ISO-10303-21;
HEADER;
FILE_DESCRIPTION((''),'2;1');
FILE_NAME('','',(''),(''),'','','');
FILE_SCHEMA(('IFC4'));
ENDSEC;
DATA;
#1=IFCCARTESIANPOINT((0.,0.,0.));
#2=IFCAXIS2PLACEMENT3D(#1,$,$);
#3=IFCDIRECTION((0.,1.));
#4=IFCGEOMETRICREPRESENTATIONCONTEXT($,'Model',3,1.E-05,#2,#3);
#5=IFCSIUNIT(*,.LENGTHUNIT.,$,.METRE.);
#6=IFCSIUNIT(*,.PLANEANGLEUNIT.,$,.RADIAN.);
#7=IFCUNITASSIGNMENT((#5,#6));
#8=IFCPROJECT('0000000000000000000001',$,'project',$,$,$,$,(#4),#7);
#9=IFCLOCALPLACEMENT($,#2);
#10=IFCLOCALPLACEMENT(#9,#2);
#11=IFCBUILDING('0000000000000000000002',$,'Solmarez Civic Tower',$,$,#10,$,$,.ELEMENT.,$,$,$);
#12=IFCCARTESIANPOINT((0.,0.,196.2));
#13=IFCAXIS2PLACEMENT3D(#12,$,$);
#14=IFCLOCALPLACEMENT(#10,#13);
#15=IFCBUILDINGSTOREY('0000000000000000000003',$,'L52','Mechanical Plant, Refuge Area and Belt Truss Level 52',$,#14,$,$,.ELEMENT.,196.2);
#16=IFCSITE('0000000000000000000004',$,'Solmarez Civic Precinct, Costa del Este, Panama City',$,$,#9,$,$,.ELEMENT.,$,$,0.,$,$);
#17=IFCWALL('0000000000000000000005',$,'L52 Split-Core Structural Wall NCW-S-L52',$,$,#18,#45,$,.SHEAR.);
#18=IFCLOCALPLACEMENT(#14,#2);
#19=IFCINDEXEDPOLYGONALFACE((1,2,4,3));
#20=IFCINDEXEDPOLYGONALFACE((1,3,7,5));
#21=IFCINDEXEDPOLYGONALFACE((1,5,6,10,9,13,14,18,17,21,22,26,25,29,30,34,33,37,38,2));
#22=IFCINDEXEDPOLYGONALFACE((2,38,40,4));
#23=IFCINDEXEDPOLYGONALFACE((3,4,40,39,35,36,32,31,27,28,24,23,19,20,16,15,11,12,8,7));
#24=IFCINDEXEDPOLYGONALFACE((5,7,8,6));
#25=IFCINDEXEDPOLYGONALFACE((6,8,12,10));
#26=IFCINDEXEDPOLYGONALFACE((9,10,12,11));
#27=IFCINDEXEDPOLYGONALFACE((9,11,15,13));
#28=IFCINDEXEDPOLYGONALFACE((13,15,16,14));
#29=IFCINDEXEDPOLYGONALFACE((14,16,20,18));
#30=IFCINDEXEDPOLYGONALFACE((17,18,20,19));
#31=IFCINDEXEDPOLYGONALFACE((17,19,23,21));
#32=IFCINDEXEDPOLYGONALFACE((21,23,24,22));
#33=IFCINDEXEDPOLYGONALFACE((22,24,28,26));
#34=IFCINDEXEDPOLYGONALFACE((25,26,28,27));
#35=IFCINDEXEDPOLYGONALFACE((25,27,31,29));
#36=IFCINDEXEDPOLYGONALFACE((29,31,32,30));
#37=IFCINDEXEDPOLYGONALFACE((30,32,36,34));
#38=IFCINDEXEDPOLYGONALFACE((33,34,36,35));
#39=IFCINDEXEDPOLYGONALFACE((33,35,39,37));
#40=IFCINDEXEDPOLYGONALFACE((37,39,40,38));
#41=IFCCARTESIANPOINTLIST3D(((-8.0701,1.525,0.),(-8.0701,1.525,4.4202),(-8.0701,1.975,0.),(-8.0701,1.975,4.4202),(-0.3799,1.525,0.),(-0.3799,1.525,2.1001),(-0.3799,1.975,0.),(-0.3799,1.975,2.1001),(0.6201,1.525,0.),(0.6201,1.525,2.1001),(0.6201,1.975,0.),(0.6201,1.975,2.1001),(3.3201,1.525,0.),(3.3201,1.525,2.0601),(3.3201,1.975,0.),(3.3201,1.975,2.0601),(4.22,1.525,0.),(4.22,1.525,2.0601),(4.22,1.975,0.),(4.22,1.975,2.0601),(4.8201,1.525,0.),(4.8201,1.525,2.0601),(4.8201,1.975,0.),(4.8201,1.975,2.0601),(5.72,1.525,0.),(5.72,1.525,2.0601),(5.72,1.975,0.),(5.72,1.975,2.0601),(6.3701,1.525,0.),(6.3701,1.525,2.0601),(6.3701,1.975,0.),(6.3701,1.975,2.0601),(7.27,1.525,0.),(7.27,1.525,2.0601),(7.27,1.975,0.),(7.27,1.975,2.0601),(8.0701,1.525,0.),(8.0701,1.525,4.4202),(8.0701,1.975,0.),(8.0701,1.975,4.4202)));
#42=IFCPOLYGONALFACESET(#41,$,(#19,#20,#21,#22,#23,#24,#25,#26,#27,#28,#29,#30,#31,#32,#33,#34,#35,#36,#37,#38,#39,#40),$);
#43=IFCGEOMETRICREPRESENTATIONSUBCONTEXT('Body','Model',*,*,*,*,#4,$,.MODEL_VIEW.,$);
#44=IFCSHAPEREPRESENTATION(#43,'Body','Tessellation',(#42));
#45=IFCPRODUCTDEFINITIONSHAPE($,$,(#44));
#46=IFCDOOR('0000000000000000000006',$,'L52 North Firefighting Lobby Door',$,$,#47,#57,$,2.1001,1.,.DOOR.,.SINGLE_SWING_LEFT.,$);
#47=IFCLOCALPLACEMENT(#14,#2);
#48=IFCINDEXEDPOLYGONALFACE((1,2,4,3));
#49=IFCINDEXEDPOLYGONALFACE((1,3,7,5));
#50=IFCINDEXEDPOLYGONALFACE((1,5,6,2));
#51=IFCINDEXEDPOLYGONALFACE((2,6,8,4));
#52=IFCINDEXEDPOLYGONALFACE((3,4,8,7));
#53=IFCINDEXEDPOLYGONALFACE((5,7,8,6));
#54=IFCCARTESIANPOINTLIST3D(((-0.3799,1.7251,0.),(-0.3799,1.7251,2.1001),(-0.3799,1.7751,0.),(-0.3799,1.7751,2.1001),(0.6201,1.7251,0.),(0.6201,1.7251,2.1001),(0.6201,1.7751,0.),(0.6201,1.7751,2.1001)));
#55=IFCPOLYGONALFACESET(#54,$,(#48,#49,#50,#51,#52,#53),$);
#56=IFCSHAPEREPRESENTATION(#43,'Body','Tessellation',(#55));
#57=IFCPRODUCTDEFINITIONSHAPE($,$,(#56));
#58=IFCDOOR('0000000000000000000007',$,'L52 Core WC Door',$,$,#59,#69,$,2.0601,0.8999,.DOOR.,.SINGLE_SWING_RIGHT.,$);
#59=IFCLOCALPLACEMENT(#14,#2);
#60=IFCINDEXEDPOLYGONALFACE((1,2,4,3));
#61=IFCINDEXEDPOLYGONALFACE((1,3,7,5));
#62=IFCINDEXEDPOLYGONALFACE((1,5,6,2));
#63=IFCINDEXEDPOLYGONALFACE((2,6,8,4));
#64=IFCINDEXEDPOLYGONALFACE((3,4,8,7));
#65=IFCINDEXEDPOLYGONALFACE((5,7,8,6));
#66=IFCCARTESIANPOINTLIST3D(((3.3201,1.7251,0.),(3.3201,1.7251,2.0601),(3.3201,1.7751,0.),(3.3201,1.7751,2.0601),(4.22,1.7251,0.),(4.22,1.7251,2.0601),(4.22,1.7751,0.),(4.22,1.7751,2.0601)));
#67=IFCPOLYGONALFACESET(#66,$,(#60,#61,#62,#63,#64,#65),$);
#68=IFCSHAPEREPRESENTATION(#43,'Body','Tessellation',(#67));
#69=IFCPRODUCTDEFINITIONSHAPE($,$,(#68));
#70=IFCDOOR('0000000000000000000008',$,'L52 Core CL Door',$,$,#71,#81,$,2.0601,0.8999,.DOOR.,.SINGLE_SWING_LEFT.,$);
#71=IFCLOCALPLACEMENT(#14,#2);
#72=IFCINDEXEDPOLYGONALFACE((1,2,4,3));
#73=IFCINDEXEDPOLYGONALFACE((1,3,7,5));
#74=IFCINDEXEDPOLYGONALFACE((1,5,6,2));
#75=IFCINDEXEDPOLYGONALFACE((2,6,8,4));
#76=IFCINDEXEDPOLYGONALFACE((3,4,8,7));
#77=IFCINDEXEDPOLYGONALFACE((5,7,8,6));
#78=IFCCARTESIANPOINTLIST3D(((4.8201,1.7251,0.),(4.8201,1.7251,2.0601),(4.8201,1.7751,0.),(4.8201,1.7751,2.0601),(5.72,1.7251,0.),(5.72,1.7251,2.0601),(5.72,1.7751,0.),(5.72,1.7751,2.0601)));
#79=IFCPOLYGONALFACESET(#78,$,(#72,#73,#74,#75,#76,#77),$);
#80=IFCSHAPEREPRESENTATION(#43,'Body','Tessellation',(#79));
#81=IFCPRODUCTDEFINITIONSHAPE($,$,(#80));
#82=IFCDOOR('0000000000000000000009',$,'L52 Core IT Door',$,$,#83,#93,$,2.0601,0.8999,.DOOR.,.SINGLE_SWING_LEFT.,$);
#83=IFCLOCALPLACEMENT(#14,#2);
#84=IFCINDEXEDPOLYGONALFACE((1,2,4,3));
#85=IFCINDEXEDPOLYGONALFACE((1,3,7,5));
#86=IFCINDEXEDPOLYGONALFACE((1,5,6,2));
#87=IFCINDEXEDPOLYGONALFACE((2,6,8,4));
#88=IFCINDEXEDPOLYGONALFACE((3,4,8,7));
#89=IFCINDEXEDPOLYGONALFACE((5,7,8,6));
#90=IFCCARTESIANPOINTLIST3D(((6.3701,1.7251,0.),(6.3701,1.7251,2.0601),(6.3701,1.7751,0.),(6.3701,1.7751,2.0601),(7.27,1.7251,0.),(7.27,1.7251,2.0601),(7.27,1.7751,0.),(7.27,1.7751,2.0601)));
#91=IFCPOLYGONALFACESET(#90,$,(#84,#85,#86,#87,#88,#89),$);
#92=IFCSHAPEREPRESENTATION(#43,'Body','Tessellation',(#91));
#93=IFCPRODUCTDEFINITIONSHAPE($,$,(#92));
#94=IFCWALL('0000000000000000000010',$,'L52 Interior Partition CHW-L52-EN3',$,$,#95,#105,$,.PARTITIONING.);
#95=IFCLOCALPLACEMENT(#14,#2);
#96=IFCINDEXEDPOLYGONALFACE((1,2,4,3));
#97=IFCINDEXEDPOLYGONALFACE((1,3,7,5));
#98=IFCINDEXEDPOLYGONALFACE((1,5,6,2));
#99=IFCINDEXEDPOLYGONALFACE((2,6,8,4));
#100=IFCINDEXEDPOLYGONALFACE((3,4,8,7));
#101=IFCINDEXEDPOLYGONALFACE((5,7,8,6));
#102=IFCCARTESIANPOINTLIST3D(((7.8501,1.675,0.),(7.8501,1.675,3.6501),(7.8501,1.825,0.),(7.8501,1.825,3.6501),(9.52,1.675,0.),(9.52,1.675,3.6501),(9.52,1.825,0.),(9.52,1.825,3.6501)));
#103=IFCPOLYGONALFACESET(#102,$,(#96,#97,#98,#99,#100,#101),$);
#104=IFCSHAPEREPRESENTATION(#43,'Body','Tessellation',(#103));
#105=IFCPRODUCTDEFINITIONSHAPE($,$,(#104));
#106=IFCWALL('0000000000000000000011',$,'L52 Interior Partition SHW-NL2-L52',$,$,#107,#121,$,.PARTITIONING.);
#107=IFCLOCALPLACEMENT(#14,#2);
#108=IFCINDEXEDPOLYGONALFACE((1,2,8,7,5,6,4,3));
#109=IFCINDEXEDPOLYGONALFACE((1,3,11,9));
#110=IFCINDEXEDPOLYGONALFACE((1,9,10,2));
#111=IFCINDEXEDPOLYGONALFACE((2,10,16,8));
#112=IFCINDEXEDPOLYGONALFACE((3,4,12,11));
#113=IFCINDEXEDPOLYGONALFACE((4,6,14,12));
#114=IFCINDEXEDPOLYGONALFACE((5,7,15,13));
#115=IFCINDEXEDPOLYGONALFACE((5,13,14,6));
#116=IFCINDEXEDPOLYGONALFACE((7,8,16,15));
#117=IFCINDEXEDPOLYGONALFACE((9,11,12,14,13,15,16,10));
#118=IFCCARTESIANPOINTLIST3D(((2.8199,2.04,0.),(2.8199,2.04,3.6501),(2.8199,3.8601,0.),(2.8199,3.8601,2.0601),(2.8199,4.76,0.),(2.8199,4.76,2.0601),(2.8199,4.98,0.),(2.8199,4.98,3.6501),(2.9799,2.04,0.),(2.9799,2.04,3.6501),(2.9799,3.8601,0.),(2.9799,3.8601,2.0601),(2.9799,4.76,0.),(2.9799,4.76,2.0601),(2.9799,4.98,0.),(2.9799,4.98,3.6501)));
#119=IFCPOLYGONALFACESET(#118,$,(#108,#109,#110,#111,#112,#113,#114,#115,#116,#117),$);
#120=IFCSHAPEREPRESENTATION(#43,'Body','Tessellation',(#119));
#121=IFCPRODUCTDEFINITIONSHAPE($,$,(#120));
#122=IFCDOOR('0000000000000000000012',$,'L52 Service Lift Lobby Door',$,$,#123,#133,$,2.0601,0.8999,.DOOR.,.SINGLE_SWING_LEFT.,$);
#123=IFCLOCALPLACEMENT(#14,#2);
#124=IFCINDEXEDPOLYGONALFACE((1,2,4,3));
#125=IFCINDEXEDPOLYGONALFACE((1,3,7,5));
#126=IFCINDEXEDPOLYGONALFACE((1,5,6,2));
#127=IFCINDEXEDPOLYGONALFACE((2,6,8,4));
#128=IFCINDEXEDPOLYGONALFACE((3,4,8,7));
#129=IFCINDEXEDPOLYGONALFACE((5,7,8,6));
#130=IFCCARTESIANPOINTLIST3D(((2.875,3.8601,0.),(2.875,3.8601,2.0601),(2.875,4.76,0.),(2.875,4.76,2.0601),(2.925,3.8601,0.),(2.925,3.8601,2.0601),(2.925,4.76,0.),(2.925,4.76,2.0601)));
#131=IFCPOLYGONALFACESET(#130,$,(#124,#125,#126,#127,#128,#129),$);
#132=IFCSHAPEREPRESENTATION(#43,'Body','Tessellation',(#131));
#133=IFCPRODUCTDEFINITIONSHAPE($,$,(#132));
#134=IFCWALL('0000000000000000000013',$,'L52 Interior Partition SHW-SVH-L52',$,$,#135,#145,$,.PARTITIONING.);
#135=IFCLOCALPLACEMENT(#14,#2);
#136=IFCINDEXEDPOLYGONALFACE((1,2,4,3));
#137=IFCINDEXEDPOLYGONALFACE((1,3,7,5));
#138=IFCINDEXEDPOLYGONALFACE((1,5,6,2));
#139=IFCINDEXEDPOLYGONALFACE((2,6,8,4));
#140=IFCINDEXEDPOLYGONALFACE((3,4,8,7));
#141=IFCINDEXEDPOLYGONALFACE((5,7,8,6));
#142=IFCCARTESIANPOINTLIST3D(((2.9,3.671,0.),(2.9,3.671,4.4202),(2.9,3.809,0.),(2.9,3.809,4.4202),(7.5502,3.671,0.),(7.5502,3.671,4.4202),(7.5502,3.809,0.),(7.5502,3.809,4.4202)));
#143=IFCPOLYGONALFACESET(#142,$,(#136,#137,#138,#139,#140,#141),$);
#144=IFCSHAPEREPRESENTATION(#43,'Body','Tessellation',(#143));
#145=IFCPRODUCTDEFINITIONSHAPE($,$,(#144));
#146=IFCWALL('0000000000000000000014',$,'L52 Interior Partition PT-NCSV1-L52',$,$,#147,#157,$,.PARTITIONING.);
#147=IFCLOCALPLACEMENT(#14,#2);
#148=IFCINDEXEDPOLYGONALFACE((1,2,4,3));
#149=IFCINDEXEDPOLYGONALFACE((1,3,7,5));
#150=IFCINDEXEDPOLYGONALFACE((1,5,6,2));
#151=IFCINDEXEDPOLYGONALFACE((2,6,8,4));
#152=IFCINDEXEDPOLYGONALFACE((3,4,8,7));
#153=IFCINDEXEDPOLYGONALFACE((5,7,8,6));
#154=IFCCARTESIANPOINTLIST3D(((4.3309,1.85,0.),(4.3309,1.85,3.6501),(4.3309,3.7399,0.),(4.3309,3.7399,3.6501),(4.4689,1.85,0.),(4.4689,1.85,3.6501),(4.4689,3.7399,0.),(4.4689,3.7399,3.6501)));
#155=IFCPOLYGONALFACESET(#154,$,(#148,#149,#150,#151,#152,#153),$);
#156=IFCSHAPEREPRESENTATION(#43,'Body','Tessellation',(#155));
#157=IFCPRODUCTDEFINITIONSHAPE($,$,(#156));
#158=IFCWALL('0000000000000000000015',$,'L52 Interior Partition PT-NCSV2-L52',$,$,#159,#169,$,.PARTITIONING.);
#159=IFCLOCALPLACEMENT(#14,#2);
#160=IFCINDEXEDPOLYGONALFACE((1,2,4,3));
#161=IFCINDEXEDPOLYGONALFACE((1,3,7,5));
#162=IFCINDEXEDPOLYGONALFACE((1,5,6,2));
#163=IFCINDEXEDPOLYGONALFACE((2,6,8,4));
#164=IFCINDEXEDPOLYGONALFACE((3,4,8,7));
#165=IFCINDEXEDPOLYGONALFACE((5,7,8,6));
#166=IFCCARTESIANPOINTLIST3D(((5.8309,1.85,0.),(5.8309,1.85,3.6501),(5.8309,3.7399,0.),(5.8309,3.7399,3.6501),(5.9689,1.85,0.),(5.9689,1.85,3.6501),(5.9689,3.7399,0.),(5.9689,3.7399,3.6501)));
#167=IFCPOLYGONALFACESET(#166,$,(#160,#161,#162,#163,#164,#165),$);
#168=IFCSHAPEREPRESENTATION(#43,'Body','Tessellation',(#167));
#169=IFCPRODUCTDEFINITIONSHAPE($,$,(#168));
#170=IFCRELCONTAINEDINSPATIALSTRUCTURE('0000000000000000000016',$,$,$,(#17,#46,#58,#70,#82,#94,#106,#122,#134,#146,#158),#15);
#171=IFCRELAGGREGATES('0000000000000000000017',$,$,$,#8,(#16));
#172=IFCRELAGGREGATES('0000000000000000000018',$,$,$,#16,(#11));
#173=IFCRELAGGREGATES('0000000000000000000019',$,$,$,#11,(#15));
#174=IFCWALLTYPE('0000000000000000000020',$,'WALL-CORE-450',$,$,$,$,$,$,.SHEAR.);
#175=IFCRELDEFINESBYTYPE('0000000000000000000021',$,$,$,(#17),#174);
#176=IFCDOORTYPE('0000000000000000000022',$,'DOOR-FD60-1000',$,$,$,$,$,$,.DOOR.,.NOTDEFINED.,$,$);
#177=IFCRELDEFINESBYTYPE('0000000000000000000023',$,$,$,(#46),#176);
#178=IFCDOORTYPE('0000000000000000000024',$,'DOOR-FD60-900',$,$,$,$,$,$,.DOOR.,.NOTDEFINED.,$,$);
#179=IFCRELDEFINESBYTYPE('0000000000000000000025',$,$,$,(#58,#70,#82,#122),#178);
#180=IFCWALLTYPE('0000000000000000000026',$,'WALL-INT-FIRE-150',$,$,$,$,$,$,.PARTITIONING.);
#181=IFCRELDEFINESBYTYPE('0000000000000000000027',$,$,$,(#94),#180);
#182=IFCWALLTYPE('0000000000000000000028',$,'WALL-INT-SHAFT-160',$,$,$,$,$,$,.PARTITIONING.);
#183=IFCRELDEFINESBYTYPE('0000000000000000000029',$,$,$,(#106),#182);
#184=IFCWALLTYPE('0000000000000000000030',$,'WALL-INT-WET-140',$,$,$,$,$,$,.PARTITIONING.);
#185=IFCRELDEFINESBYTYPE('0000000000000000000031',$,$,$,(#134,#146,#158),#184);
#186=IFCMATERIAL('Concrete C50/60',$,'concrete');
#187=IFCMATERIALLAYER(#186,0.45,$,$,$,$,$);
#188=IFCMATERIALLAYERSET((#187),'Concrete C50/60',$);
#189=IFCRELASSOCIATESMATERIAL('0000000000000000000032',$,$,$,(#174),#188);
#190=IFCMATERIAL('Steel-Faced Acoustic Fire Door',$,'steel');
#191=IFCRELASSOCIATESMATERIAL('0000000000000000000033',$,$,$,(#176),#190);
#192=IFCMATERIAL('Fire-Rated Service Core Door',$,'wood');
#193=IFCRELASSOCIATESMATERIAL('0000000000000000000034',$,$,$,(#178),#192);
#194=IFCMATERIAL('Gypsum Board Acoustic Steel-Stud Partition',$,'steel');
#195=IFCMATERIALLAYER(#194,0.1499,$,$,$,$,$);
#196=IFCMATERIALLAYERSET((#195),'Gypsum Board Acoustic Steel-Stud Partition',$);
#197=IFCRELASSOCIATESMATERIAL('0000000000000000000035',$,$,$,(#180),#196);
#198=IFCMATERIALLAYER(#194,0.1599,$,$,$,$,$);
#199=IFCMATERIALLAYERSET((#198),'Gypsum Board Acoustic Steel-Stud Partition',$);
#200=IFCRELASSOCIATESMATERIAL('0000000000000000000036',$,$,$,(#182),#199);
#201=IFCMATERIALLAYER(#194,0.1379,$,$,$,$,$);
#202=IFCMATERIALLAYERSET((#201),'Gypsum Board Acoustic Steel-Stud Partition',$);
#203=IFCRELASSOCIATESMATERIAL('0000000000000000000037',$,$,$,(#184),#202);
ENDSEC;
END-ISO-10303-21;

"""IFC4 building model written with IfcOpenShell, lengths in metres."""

from ifc_helpers import new_model, si_unit, direction, frame, frame_2d, origin, place, context, subcontext, project, spatial, rectangle, extrude, material, layer, layer_set, type_object, element, fill, save


model = new_model("IFC4")

# Units and contexts
model_context = context("Model", 3, precision=1e-05, world=origin(), true_north=direction((0.0, 1.0)))
body_context = subcontext(model_context, "Body", "Model", "MODEL_VIEW")
ifc_project = project(units=[si_unit("LENGTHUNIT", "METRE"), si_unit("PLANEANGLEUNIT", "RADIAN")], contexts=[model_context])

# Site, building, storey
site_placement = place(None, origin())
site = spatial("IfcSite", under=ifc_project, at=site_placement, Name="Solmarez Civic Precinct, Costa del Este, Panama City", CompositionType="ELEMENT", RefElevation=0.0)
building_placement = place(site_placement, origin())
building = spatial("IfcBuilding", under=site, at=building_placement, Name="Solmarez Civic Tower", CompositionType="ELEMENT")
storey_placement = place(building_placement, frame((0.0, 0.0, 196.2)))
storey = spatial("IfcBuildingStorey", under=building, at=storey_placement, Name="L52", Description="Mechanical Plant, Refuge Area and Belt Truss Level 52", CompositionType="ELEMENT", Elevation=196.2)

# Shared definitions
ifc_material_1 = material(Name="Concrete C50/60", Category="concrete")

# Wall, openings, doors
ifc_layer_1 = layer(ifc_material_1, 0.45)
ifc_layer_set_1 = layer_set([ifc_layer_1], Name="Concrete C50/60")
wall_type_1 = type_object("IfcWallType", Name="WALL-CORE-450", PredefinedType="SHEAR", material=ifc_layer_set_1)
wall_1_placement = place(storey_placement, frame((8.0701, 1.75, 0.0), z_axis=(0.0, 0.0, 1.0), x_axis=(-1.0, 0.0, 0.0)))
wall_1 = element("IfcWall", 1, at=wall_1_placement, inside=storey, type_object=wall_type_1, Name="L52 Split-Core Structural Wall NCW-S-L52", PredefinedType="SHEAR", context=body_context, shape_type="SweptSolid", body=[
    extrude(rectangle(XDim=16.1401, YDim=0.45, at=frame_2d((8.0701, 0.0))), origin(), (0.0, 0.0, 1.0), 4.4202),
])
opening_1_placement = place(wall_1_placement, frame((7.45, 0.0, 0.0)))
opening_1 = element("IfcOpeningElement", 2, at=opening_1_placement, cuts=wall_1, PredefinedType="OPENING", context=body_context, shape_type="SweptSolid", body=[
    extrude(rectangle(XDim=1.0, YDim=2.1001, at=frame_2d((0.5, 1.05))), frame((0.0, 0.2349, 0.0), z_axis=(0.0, -1.0, 0.0), x_axis=(1.0, 0.0, 0.0)), (0.0, 0.0, 1.0), 0.47),
])
opening_2_placement = place(wall_1_placement, frame((3.8501, 0.0, 0.0)))
opening_2 = element("IfcOpeningElement", 3, at=opening_2_placement, cuts=wall_1, PredefinedType="OPENING", context=body_context, shape_type="SweptSolid", body=[
    extrude(rectangle(XDim=0.8999, YDim=2.0601, at=frame_2d((0.45, 1.03))), frame((0.0, 0.2349, 0.0), z_axis=(0.0, -1.0, 0.0), x_axis=(1.0, 0.0, 0.0)), (0.0, 0.0, 1.0), 0.47),
])
opening_3_placement = place(wall_1_placement, frame((2.3501, 0.0, 0.0)))
opening_3 = element("IfcOpeningElement", 4, at=opening_3_placement, cuts=wall_1, PredefinedType="OPENING", context=body_context, shape_type="SweptSolid", body=[
    extrude(rectangle(XDim=0.8999, YDim=2.0601, at=frame_2d((0.45, 1.03))), frame((0.0, 0.2349, 0.0), z_axis=(0.0, -1.0, 0.0), x_axis=(1.0, 0.0, 0.0)), (0.0, 0.0, 1.0), 0.47),
])
opening_4_placement = place(wall_1_placement, frame((0.8, 0.0, 0.0)))
opening_4 = element("IfcOpeningElement", 5, at=opening_4_placement, cuts=wall_1, PredefinedType="OPENING", context=body_context, shape_type="SweptSolid", body=[
    extrude(rectangle(XDim=0.8999, YDim=2.0601, at=frame_2d((0.45, 1.03))), frame((0.0, 0.2349, 0.0), z_axis=(0.0, -1.0, 0.0), x_axis=(1.0, 0.0, 0.0)), (0.0, 0.0, 1.0), 0.47),
])
ifc_material_2 = material(Name="Steel-Faced Acoustic Fire Door", Category="steel")
door_type_1 = type_object("IfcDoorType", Name="DOOR-FD60-1000", OperationType="NOTDEFINED", PredefinedType="DOOR", material=ifc_material_2)
door_1_placement = place(opening_1_placement, origin())
door_1 = element("IfcDoor", 6, at=door_1_placement, inside=storey, type_object=door_type_1, Name="L52 North Firefighting Lobby Door", OperationType="SINGLE_SWING_LEFT", OverallHeight=2.1001, OverallWidth=1.0, PredefinedType="DOOR", context=body_context, shape_type="SweptSolid", body=[
    extrude(rectangle(XDim=1.0, YDim=2.1001, at=frame_2d((0.5, 1.05))), frame((0.0, 0.0249, 0.0), z_axis=(0.0, -1.0, 0.0), x_axis=(1.0, 0.0, 0.0)), (0.0, 0.0, 1.0), 0.05),
])
fill(opening_1, door_1)
ifc_material_3 = material(Name="Fire-Rated Service Core Door", Category="wood")
door_type_2 = type_object("IfcDoorType", Name="DOOR-FD60-900", OperationType="NOTDEFINED", PredefinedType="DOOR", material=ifc_material_3)
door_2_placement = place(opening_2_placement, origin())
door_2 = element("IfcDoor", 7, at=door_2_placement, inside=storey, type_object=door_type_2, Name="L52 Core WC Door", OperationType="SINGLE_SWING_RIGHT", OverallHeight=2.0601, OverallWidth=0.8999, PredefinedType="DOOR", context=body_context, shape_type="SweptSolid", body=[
    extrude(rectangle(XDim=0.8999, YDim=2.0601, at=frame_2d((0.45, 1.03))), frame((0.0, 0.0249, 0.0), z_axis=(0.0, -1.0, 0.0), x_axis=(1.0, 0.0, 0.0)), (0.0, 0.0, 1.0), 0.05),
])
fill(opening_2, door_2)
door_3_placement = place(opening_3_placement, origin())
door_3 = element("IfcDoor", 8, at=door_3_placement, inside=storey, type_object=door_type_2, Name="L52 Core CL Door", OperationType="SINGLE_SWING_LEFT", OverallHeight=2.0601, OverallWidth=0.8999, PredefinedType="DOOR", context=body_context, shape_type="SweptSolid", body=[
    extrude(rectangle(XDim=0.8999, YDim=2.0601, at=frame_2d((0.45, 1.03))), frame((0.0, 0.0249, 0.0), z_axis=(0.0, -1.0, 0.0), x_axis=(1.0, 0.0, 0.0)), (0.0, 0.0, 1.0), 0.05),
])
fill(opening_3, door_3)
door_4_placement = place(opening_4_placement, origin())
door_4 = element("IfcDoor", 9, at=door_4_placement, inside=storey, type_object=door_type_2, Name="L52 Core IT Door", OperationType="SINGLE_SWING_LEFT", OverallHeight=2.0601, OverallWidth=0.8999, PredefinedType="DOOR", context=body_context, shape_type="SweptSolid", body=[
    extrude(rectangle(XDim=0.8999, YDim=2.0601, at=frame_2d((0.45, 1.03))), frame((0.0, 0.0249, 0.0), z_axis=(0.0, -1.0, 0.0), x_axis=(1.0, 0.0, 0.0)), (0.0, 0.0, 1.0), 0.05),
])
fill(opening_4, door_4)

# Wall
ifc_material_4 = material(Name="Gypsum Board Acoustic Steel-Stud Partition", Category="steel")
ifc_layer_2 = layer(ifc_material_4, 0.1499)
ifc_layer_set_2 = layer_set([ifc_layer_2], Name="Gypsum Board Acoustic Steel-Stud Partition")
wall_type_2 = type_object("IfcWallType", Name="WALL-INT-FIRE-150", PredefinedType="PARTITIONING", material=ifc_layer_set_2)
wall_2_placement = place(storey_placement, frame((7.8501, 1.75, 0.0), z_axis=(0.0, 0.0, 1.0), x_axis=(1.0, 0.0, 0.0)))
element("IfcWall", 10, at=wall_2_placement, inside=storey, type_object=wall_type_2, Name="L52 Interior Partition CHW-L52-EN3", PredefinedType="PARTITIONING", context=body_context, shape_type="SweptSolid", body=[
    extrude(rectangle(XDim=1.6699, YDim=0.1499, at=frame_2d((0.835, 0.0))), origin(), (0.0, 0.0, 1.0), 3.6501),
])

# Wall, opening, door
ifc_layer_3 = layer(ifc_material_4, 0.1599)
ifc_layer_set_3 = layer_set([ifc_layer_3], Name="Gypsum Board Acoustic Steel-Stud Partition")
wall_type_3 = type_object("IfcWallType", Name="WALL-INT-SHAFT-160", PredefinedType="PARTITIONING", material=ifc_layer_set_3)
wall_3_placement = place(storey_placement, frame((2.8999, 2.04, 0.0), z_axis=(0.0, 0.0, 1.0), x_axis=(0.0, 1.0, 0.0)))
wall_3 = element("IfcWall", 11, at=wall_3_placement, inside=storey, type_object=wall_type_3, Name="L52 Interior Partition SHW-NL2-L52", PredefinedType="PARTITIONING", context=body_context, shape_type="SweptSolid", body=[
    extrude(rectangle(XDim=2.9399, YDim=0.1599, at=frame_2d((1.47, 0.0))), origin(), (0.0, 0.0, 1.0), 3.6501),
])
opening_5_placement = place(wall_3_placement, frame((1.8201, 0.0, 0.0)))
opening_5 = element("IfcOpeningElement", 12, at=opening_5_placement, cuts=wall_3, PredefinedType="OPENING", context=body_context, shape_type="SweptSolid", body=[
    extrude(rectangle(XDim=0.8999, YDim=2.0601, at=frame_2d((0.45, 1.03))), frame((0.0, 0.0898, 0.0), z_axis=(0.0, -1.0, 0.0), x_axis=(1.0, 0.0, 0.0)), (0.0, 0.0, 1.0), 0.1799),
])
door_5_placement = place(opening_5_placement, origin())
door_5 = element("IfcDoor", 13, at=door_5_placement, inside=storey, type_object=door_type_2, Name="L52 Service Lift Lobby Door", OperationType="SINGLE_SWING_LEFT", OverallHeight=2.0601, OverallWidth=0.8999, PredefinedType="DOOR", context=body_context, shape_type="SweptSolid", body=[
    extrude(rectangle(XDim=0.8999, YDim=2.0601, at=frame_2d((0.45, 1.03))), frame((0.0, 0.0249, 0.0), z_axis=(0.0, -1.0, 0.0), x_axis=(1.0, 0.0, 0.0)), (0.0, 0.0, 1.0), 0.05),
])
fill(opening_5, door_5)

# Walls
ifc_layer_4 = layer(ifc_material_4, 0.1379)
ifc_layer_set_4 = layer_set([ifc_layer_4], Name="Gypsum Board Acoustic Steel-Stud Partition")
wall_type_4 = type_object("IfcWallType", Name="WALL-INT-WET-140", PredefinedType="PARTITIONING", material=ifc_layer_set_4)
wall_4_placement = place(storey_placement, frame((2.8999, 3.74, 0.0), z_axis=(0.0, 0.0, 1.0), x_axis=(1.0, 0.0, 0.0)))
element("IfcWall", 14, at=wall_4_placement, inside=storey, type_object=wall_type_4, Name="L52 Interior Partition SHW-SVH-L52", PredefinedType="PARTITIONING", context=body_context, shape_type="SweptSolid", body=[
    extrude(rectangle(XDim=4.6501, YDim=0.1379, at=frame_2d((2.3252, 0.0))), origin(), (0.0, 0.0, 1.0), 4.4202),
])
for number, where, z_axis, x_axis, name in (
    (15, (4.3999, 1.8501, 0.0), (0.0, 0.0, 1.0), (0.0, 1.0, 0.0), "L52 Interior Partition PT-NCSV1-L52"),
    (16, (5.8999, 1.8501, 0.0), (0.0, 0.0, 1.0), (0.0, 1.0, 0.0), "L52 Interior Partition PT-NCSV2-L52"),
):
    element("IfcWall", number, at=place(storey_placement, frame(where, z_axis=z_axis, x_axis=x_axis)), inside=storey, type_object=wall_type_4, Name=name, PredefinedType="PARTITIONING", context=body_context, shape_type="SweptSolid", body=[
        extrude(rectangle(XDim=1.8899, YDim=0.1379, at=frame_2d((0.9448, 0.0))), origin(), (0.0, 0.0, 1.0), 3.6501),
    ])

save(model, "model.ifc")
